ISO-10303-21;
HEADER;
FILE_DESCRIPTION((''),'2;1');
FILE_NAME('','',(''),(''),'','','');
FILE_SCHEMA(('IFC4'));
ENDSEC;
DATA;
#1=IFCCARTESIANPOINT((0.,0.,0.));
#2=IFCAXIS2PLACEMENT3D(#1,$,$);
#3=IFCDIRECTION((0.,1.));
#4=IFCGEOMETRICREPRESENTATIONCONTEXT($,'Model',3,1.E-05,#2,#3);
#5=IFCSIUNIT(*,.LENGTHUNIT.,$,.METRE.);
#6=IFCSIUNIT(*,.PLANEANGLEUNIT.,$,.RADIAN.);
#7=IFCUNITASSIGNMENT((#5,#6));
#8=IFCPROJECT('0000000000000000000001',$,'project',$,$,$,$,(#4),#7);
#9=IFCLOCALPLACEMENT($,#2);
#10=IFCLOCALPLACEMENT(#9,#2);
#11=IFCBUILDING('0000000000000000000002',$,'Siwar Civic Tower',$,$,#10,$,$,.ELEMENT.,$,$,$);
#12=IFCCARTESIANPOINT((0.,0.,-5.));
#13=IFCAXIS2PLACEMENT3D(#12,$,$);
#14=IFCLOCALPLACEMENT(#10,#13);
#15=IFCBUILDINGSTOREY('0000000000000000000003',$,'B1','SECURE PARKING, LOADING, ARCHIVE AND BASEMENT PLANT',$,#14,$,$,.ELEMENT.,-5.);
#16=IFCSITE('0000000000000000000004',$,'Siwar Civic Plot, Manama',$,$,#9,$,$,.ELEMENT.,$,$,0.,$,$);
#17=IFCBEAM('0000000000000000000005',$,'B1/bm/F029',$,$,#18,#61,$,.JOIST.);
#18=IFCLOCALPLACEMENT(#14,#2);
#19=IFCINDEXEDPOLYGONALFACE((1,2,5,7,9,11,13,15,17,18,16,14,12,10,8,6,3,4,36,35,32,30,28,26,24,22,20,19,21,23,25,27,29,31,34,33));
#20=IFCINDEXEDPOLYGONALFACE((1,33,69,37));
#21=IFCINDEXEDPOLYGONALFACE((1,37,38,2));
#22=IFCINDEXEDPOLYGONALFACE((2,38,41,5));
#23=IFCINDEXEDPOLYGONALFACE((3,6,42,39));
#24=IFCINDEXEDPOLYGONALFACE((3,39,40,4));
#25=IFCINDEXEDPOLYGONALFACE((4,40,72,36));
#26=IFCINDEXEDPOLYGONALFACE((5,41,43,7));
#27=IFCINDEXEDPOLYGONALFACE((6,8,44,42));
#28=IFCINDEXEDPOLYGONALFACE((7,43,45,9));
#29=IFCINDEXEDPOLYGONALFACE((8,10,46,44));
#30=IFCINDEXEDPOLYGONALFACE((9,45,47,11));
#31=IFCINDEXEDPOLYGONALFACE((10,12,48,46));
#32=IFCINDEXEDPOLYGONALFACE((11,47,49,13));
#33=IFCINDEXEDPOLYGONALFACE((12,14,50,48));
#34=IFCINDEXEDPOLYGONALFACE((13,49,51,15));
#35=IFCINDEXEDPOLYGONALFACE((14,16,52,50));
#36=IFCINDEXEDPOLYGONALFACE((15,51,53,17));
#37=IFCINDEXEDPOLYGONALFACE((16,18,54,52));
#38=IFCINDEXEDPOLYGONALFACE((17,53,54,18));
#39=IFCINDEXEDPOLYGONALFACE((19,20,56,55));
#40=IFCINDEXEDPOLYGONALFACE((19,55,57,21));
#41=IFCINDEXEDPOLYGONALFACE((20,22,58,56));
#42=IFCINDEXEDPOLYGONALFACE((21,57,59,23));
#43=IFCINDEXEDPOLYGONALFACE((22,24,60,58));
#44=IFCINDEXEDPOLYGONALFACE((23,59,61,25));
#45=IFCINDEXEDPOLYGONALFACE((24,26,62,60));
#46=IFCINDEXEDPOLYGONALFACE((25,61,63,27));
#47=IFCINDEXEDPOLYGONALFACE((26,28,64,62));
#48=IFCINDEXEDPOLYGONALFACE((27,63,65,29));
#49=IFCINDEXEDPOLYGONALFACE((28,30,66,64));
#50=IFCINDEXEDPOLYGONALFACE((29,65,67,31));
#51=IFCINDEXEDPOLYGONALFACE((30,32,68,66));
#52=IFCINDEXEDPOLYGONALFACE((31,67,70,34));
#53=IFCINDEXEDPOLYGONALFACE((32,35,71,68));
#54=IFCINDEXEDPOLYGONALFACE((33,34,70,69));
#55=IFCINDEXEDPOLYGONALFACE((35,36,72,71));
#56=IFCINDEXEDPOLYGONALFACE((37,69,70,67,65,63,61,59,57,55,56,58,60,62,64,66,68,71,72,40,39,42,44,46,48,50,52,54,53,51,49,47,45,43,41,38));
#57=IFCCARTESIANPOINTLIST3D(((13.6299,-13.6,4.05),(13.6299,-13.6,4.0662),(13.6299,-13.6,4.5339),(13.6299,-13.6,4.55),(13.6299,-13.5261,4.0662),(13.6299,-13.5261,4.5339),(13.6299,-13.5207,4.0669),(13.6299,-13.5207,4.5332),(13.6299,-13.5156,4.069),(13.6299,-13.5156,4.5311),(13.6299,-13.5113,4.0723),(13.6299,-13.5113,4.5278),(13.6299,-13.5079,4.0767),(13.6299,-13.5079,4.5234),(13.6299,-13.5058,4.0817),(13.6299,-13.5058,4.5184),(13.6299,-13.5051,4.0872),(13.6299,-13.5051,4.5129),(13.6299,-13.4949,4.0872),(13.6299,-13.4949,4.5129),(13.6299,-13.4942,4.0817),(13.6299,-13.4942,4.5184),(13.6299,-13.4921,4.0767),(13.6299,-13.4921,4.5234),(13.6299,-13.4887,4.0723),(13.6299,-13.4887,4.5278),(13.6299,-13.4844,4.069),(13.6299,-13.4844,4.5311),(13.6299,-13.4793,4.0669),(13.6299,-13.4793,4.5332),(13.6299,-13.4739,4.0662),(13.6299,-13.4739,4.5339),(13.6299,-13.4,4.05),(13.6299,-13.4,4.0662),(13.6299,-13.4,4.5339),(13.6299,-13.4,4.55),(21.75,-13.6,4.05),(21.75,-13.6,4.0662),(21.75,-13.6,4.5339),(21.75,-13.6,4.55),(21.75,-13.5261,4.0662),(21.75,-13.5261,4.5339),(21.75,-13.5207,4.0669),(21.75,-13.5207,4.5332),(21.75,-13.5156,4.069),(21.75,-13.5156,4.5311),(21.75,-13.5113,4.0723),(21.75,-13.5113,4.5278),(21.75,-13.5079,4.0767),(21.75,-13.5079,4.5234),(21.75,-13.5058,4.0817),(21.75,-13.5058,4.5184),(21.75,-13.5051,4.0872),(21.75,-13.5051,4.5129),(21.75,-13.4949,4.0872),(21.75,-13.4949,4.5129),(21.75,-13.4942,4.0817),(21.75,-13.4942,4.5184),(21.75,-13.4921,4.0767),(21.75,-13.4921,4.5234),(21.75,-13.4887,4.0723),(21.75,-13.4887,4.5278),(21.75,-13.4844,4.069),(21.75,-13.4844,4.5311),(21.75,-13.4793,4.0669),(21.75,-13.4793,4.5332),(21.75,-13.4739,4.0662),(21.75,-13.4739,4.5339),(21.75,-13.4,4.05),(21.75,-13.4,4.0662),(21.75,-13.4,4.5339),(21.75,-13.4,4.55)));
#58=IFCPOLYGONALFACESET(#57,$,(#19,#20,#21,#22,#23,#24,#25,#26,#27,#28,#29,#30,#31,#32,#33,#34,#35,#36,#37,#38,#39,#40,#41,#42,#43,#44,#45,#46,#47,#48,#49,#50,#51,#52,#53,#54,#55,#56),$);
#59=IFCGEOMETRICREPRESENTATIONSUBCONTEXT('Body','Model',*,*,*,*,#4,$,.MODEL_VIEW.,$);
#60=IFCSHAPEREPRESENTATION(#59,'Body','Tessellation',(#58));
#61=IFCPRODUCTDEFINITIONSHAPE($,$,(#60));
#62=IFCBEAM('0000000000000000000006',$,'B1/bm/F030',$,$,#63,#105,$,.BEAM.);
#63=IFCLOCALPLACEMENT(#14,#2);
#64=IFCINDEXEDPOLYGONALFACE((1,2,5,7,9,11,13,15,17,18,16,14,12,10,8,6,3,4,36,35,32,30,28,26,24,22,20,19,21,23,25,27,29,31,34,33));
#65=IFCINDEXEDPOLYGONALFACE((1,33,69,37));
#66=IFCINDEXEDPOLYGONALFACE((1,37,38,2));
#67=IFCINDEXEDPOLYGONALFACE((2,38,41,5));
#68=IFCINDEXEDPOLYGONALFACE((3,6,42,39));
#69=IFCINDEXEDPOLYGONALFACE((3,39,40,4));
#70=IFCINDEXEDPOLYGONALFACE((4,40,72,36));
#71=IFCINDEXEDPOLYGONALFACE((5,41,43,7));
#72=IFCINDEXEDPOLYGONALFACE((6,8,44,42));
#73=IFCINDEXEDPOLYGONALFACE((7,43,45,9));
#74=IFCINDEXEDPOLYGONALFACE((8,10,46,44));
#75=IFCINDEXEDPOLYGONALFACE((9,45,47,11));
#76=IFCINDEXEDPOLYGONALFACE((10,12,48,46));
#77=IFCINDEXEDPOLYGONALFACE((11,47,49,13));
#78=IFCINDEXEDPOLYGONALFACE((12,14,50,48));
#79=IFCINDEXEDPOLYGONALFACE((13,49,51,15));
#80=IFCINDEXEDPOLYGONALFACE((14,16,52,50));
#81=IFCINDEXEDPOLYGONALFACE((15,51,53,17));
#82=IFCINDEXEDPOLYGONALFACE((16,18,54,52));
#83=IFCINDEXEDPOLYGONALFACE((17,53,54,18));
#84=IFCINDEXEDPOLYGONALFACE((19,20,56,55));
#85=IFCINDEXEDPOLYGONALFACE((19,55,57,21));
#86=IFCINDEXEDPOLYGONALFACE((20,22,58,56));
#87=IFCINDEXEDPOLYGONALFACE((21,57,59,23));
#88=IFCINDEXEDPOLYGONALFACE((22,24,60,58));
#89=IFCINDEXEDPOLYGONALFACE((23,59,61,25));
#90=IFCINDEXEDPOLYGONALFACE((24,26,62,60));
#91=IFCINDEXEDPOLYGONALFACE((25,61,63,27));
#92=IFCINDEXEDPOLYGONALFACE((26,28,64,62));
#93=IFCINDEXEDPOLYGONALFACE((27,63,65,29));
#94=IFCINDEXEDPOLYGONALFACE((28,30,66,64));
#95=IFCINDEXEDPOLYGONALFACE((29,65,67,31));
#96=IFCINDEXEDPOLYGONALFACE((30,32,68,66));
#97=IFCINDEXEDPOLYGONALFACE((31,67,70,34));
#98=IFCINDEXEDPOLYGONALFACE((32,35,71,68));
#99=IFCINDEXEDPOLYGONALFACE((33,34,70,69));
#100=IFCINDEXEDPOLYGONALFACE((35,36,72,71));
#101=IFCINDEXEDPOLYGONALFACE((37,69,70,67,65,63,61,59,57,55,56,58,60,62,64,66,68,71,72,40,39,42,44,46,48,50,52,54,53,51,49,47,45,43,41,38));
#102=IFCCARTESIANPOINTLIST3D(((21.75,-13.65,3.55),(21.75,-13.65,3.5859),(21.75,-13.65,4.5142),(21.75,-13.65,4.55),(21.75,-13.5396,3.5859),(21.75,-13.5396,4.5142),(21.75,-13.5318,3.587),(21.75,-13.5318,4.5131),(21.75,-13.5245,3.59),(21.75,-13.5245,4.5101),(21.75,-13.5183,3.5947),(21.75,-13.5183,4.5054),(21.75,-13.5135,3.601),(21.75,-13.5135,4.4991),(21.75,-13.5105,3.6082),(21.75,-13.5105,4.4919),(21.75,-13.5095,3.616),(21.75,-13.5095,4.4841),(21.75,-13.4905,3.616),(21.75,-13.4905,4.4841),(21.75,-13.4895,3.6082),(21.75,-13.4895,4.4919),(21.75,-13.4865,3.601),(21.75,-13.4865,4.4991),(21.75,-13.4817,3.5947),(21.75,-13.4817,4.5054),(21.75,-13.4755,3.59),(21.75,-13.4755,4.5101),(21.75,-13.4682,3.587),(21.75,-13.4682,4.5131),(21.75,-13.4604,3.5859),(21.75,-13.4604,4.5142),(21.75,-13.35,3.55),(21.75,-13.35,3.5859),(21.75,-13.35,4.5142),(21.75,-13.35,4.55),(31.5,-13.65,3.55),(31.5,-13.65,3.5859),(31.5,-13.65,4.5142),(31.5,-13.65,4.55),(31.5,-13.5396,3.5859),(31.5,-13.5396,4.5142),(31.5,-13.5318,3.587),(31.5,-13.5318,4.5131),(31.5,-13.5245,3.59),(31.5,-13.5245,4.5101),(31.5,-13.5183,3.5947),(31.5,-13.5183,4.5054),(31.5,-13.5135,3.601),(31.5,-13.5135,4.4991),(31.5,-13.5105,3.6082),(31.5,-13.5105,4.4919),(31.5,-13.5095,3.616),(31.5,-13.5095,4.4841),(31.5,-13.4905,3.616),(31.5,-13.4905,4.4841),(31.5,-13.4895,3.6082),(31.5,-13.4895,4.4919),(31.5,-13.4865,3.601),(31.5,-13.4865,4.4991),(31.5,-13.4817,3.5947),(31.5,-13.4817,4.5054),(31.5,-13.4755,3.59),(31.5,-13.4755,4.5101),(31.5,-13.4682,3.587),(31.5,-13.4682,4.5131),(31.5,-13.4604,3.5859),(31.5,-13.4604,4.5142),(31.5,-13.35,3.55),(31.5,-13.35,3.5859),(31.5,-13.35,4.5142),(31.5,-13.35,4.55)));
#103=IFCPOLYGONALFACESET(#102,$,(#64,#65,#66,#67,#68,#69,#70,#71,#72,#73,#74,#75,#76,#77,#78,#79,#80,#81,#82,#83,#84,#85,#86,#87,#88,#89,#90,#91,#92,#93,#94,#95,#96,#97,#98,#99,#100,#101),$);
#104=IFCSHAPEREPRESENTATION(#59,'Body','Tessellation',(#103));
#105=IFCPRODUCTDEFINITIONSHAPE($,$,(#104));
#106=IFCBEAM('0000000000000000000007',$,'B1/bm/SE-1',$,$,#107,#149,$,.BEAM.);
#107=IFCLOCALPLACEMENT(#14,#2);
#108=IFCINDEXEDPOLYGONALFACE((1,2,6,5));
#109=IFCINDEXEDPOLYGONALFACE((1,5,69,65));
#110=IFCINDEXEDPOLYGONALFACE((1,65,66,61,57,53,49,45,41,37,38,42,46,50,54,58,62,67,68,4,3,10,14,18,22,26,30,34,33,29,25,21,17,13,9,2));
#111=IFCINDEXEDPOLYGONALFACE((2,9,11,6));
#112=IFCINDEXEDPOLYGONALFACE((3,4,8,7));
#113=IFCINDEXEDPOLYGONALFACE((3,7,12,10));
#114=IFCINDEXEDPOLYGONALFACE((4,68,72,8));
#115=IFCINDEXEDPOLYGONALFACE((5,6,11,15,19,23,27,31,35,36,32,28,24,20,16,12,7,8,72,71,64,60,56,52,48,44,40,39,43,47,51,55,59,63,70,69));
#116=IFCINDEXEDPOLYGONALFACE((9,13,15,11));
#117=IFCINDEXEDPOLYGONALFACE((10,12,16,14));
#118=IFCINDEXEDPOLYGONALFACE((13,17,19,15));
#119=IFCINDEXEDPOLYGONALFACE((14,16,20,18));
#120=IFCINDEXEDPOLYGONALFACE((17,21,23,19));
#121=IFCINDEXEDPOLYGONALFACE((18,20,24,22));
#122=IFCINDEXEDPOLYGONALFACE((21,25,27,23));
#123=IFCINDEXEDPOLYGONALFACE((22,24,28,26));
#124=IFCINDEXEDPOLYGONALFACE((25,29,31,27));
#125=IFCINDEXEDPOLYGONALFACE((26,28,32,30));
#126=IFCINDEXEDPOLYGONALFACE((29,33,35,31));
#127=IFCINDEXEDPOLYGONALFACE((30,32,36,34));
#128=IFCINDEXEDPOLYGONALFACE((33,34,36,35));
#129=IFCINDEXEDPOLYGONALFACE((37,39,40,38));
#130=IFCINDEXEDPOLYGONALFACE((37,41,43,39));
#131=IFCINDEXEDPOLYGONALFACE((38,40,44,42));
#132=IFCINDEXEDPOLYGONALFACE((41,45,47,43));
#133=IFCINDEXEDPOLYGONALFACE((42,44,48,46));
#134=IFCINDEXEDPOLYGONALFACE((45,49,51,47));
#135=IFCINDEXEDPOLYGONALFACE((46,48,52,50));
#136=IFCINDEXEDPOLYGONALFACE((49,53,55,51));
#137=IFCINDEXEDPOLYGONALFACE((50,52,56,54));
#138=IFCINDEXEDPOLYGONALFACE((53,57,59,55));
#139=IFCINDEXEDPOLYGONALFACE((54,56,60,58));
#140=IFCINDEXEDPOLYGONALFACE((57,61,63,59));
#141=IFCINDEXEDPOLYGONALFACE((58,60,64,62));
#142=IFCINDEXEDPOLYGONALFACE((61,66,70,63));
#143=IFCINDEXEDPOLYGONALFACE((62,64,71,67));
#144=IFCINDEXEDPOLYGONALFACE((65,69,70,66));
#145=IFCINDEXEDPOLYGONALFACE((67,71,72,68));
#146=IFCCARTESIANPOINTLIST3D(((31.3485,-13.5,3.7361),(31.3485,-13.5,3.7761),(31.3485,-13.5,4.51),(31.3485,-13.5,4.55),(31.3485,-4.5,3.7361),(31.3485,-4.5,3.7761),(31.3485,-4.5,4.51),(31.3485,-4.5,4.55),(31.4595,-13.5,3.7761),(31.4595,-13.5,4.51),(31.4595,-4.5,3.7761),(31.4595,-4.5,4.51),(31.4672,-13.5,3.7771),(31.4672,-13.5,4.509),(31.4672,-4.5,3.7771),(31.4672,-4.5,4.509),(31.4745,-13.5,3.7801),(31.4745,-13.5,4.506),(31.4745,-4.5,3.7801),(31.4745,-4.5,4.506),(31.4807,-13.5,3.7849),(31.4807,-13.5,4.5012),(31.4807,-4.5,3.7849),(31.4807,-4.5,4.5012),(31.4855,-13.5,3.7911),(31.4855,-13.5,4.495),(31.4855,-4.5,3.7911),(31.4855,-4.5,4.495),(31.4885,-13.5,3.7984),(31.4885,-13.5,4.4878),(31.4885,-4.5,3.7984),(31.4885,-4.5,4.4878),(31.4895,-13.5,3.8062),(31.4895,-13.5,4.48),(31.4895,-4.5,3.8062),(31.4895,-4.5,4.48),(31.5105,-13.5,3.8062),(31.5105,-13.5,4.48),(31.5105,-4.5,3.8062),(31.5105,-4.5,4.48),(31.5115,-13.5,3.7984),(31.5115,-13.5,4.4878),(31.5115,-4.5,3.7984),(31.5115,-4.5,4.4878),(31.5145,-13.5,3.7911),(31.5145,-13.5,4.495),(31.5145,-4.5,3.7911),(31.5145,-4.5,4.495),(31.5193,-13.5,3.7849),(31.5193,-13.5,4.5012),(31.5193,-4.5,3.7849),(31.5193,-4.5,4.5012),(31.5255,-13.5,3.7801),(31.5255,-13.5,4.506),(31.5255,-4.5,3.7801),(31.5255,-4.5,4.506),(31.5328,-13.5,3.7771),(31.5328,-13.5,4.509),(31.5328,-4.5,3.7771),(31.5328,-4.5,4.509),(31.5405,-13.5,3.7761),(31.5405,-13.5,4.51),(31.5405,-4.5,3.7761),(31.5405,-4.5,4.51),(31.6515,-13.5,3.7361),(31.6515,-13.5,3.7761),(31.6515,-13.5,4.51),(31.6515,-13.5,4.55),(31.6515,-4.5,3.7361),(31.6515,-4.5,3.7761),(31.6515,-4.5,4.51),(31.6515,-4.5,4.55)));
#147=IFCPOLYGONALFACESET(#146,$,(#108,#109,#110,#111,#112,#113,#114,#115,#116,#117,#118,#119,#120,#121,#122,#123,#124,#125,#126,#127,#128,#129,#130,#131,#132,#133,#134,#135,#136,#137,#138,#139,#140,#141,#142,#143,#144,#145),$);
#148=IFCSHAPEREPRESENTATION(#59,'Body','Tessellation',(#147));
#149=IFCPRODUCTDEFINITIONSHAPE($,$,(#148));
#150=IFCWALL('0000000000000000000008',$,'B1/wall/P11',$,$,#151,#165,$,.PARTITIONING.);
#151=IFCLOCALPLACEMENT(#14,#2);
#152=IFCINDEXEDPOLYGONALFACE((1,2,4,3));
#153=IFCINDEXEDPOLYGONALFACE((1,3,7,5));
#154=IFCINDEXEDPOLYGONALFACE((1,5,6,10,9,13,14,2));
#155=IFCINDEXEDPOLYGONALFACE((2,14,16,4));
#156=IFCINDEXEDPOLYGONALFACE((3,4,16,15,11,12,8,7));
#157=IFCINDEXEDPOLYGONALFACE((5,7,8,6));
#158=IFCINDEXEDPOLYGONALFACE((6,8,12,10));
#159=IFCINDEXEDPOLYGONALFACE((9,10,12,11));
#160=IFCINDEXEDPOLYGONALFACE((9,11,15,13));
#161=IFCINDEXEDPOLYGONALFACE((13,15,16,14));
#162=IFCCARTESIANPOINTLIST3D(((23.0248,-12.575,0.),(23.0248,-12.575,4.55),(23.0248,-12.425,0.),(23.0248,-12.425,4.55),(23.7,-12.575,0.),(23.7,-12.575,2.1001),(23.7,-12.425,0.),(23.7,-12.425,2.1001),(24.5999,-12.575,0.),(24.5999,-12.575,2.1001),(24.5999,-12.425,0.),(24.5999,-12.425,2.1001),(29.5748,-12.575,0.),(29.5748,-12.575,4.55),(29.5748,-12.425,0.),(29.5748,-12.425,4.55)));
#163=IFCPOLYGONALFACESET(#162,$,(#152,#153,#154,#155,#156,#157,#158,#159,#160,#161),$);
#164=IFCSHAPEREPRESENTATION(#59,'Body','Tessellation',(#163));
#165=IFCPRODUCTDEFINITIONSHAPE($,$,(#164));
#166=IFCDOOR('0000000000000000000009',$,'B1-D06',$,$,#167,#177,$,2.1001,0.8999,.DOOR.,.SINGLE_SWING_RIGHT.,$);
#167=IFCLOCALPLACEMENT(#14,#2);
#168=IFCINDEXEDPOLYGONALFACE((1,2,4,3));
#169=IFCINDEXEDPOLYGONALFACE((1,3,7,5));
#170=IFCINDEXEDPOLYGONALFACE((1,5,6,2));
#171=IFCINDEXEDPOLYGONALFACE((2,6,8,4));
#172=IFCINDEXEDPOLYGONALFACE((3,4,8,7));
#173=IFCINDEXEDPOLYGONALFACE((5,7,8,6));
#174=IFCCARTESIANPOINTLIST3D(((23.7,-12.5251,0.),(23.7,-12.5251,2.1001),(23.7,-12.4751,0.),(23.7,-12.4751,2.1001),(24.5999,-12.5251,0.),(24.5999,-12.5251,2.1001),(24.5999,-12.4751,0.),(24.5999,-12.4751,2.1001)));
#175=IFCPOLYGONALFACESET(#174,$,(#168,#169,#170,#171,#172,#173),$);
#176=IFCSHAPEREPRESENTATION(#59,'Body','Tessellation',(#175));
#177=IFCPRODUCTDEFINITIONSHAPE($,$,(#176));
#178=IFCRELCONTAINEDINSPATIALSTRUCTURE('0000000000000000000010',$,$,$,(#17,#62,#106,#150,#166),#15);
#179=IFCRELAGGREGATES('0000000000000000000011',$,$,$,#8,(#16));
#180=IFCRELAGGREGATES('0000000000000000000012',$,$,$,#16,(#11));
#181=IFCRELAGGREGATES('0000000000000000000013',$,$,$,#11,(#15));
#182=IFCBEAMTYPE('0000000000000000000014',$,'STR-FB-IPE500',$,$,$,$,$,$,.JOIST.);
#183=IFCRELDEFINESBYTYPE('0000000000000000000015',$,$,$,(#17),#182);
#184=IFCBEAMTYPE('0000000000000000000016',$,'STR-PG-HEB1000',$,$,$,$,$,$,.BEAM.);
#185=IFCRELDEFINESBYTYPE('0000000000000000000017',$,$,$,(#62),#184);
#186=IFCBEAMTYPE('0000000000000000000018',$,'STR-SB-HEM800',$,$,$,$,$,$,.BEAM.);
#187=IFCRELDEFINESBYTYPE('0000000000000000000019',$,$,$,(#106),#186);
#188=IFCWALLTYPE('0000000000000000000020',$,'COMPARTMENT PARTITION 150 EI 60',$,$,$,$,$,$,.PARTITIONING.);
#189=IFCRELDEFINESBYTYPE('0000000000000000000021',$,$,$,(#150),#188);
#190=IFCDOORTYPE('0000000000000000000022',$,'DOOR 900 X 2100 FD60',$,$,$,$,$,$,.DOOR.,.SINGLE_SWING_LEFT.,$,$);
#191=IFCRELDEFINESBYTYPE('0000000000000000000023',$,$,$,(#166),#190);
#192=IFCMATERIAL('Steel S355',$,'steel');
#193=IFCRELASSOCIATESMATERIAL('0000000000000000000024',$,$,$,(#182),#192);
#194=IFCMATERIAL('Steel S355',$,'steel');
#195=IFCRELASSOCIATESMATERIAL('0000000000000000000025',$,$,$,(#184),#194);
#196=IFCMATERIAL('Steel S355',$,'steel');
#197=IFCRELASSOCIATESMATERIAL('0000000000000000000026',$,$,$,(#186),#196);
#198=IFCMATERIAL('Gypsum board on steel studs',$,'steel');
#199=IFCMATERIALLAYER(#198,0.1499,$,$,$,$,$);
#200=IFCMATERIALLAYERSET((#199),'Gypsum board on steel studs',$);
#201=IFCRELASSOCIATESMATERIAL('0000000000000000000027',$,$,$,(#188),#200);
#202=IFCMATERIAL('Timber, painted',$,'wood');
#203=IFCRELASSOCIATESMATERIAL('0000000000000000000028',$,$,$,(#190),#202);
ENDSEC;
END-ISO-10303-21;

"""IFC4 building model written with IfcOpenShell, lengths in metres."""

from ifc_helpers import new_model, si_unit, direction, frame, frame_2d, origin, origin_2d, place, context, subcontext, project, spatial, rectangle, i_section, extrude, material, layer, layer_set, material_profile, profile_set, type_object, element, fill, save


model = new_model("IFC4")

# Units and contexts
model_context = context("Model", 3, precision=1e-05, world=origin(), true_north=direction((0.0, 1.0)))
body_context = subcontext(model_context, "Body", "Model", "MODEL_VIEW")
ifc_project = project(units=[si_unit("LENGTHUNIT", "METRE"), si_unit("PLANEANGLEUNIT", "RADIAN")], contexts=[model_context])

# Site, building, storey
site_placement = place(None, origin())
site = spatial("IfcSite", under=ifc_project, at=site_placement, Name="Siwar Civic Plot, Manama", CompositionType="ELEMENT", RefElevation=0.0)
building_placement = place(site_placement, origin())
building = spatial("IfcBuilding", under=site, at=building_placement, Name="Siwar Civic Tower", CompositionType="ELEMENT")
storey_placement = place(building_placement, frame((0.0, 0.0, -5.0)))
storey = spatial("IfcBuildingStorey", under=building, at=storey_placement, Name="B1", Description="SECURE PARKING, LOADING, ARCHIVE AND BASEMENT PLANT", CompositionType="ELEMENT", Elevation=-5.0)

# Beams
ifc_material_1 = material(Name="Steel S355", Category="steel")
ifc_material_profile_1 = material_profile(ifc_material_1, i_section(OverallWidth=0.2, OverallDepth=0.5, WebThickness=0.0103, FlangeThickness=0.0161, FilletRadius=0.021, at=origin_2d()), Name="IPE500")
ifc_profile_set_1 = profile_set([ifc_material_profile_1], Name="Steel S355")
beam_type_1 = type_object("IfcBeamType", Name="STR-FB-IPE500", PredefinedType="JOIST", material=ifc_profile_set_1)
beam_1_placement = place(storey_placement, frame((13.6299, -13.5, 4.3), z_axis=(1.0, 0.0, 0.0), x_axis=(0.0, 1.0, 0.0)))
element("IfcBeam", 1, at=beam_1_placement, inside=storey, type_object=beam_type_1, Name="B1/bm/F029", PredefinedType="JOIST", context=body_context, shape_type="SweptSolid", body=[
    extrude(i_section(OverallWidth=0.2, OverallDepth=0.5, WebThickness=0.0103, FlangeThickness=0.0161, FilletRadius=0.021, at=origin_2d()), origin(), (0.0, 0.0, 1.0), 8.1201),
])
ifc_material_2 = material(Name="Steel S355", Category="steel")
ifc_material_profile_2 = material_profile(ifc_material_2, i_section(OverallWidth=0.3, OverallDepth=1.0, WebThickness=0.019, FlangeThickness=0.0359, FilletRadius=0.03, at=origin_2d()), Name="HEB1000")
ifc_profile_set_2 = profile_set([ifc_material_profile_2], Name="Steel S355")
beam_type_2 = type_object("IfcBeamType", Name="STR-PG-HEB1000", PredefinedType="BEAM", material=ifc_profile_set_2)
beam_2_placement = place(storey_placement, frame((21.75, -13.5, 4.05), z_axis=(1.0, 0.0, 0.0), x_axis=(0.0, 1.0, 0.0)))
element("IfcBeam", 2, at=beam_2_placement, inside=storey, type_object=beam_type_2, Name="B1/bm/F030", PredefinedType="BEAM", context=body_context, shape_type="SweptSolid", body=[
    extrude(i_section(OverallWidth=0.3, OverallDepth=1.0, WebThickness=0.019, FlangeThickness=0.0359, FilletRadius=0.03, at=origin_2d()), origin(), (0.0, 0.0, 1.0), 9.75),
])
ifc_material_3 = material(Name="Steel S355", Category="steel")
ifc_material_profile_3 = material_profile(ifc_material_3, i_section(OverallWidth=0.303, OverallDepth=0.814, WebThickness=0.021, FlangeThickness=0.04, FilletRadius=0.03, at=origin_2d()), Name="HEM800")
ifc_profile_set_3 = profile_set([ifc_material_profile_3], Name="Steel S355")
beam_type_3 = type_object("IfcBeamType", Name="STR-SB-HEM800", PredefinedType="BEAM", material=ifc_profile_set_3)
beam_3_placement = place(storey_placement, frame((31.5, -13.5, 4.1431), z_axis=(0.0, 1.0, 0.0), x_axis=(-1.0, 0.0, 0.0)))
element("IfcBeam", 3, at=beam_3_placement, inside=storey, type_object=beam_type_3, Name="B1/bm/SE-1", PredefinedType="BEAM", context=body_context, shape_type="SweptSolid", body=[
    extrude(i_section(OverallWidth=0.303, OverallDepth=0.814, WebThickness=0.021, FlangeThickness=0.04, FilletRadius=0.03, at=origin_2d()), origin(), (0.0, 0.0, 1.0), 9.0),
])

# Wall, opening, door
ifc_material_4 = material(Name="Gypsum board on steel studs", Category="steel")
ifc_layer_1 = layer(ifc_material_4, 0.1499)
ifc_layer_set_1 = layer_set([ifc_layer_1], Name="Gypsum board on steel studs")
wall_type_1 = type_object("IfcWallType", Name="COMPARTMENT PARTITION 150 EI 60", PredefinedType="PARTITIONING", material=ifc_layer_set_1)
wall_1_placement = place(storey_placement, frame((23.0249, -12.5, 0.0), z_axis=(0.0, 0.0, 1.0), x_axis=(1.0, 0.0, 0.0)))
wall_1 = element("IfcWall", 4, at=wall_1_placement, inside=storey, type_object=wall_type_1, Name="B1/wall/P11", PredefinedType="PARTITIONING", context=body_context, shape_type="SweptSolid", body=[
    extrude(rectangle(XDim=6.55, YDim=0.1499, at=frame_2d((3.2749, 0.0))), origin(), (0.0, 0.0, 1.0), 4.55),
])
opening_1_placement = place(wall_1_placement, frame((0.675, 0.0, 0.0)))
opening_1 = element("IfcOpeningElement", 5, at=opening_1_placement, cuts=wall_1, PredefinedType="OPENING", context=body_context, shape_type="SweptSolid", body=[
    extrude(rectangle(XDim=0.8999, YDim=2.1001, at=frame_2d((0.45, 1.05))), frame((0.0, 0.085, 0.0), z_axis=(0.0, -1.0, 0.0), x_axis=(1.0, 0.0, 0.0)), (0.0, 0.0, 1.0), 0.1699),
])
ifc_material_5 = material(Name="Timber, painted", Category="wood")
door_type_1 = type_object("IfcDoorType", Name="DOOR 900 X 2100 FD60", OperationType="SINGLE_SWING_LEFT", PredefinedType="DOOR", material=ifc_material_5)
door_1_placement = place(opening_1_placement, origin())
door_1 = element("IfcDoor", 6, at=door_1_placement, inside=storey, type_object=door_type_1, Name="B1-D06", OperationType="SINGLE_SWING_RIGHT", OverallHeight=2.1001, OverallWidth=0.8999, PredefinedType="DOOR", context=body_context, shape_type="SweptSolid", body=[
    extrude(rectangle(XDim=0.8999, YDim=2.1001, at=frame_2d((0.45, 1.05))), frame((0.0, 0.0249, 0.0), z_axis=(0.0, -1.0, 0.0), x_axis=(1.0, 0.0, 0.0)), (0.0, 0.0, 1.0), 0.05),
])
fill(opening_1, door_1)

save(model, "model.ifc")
